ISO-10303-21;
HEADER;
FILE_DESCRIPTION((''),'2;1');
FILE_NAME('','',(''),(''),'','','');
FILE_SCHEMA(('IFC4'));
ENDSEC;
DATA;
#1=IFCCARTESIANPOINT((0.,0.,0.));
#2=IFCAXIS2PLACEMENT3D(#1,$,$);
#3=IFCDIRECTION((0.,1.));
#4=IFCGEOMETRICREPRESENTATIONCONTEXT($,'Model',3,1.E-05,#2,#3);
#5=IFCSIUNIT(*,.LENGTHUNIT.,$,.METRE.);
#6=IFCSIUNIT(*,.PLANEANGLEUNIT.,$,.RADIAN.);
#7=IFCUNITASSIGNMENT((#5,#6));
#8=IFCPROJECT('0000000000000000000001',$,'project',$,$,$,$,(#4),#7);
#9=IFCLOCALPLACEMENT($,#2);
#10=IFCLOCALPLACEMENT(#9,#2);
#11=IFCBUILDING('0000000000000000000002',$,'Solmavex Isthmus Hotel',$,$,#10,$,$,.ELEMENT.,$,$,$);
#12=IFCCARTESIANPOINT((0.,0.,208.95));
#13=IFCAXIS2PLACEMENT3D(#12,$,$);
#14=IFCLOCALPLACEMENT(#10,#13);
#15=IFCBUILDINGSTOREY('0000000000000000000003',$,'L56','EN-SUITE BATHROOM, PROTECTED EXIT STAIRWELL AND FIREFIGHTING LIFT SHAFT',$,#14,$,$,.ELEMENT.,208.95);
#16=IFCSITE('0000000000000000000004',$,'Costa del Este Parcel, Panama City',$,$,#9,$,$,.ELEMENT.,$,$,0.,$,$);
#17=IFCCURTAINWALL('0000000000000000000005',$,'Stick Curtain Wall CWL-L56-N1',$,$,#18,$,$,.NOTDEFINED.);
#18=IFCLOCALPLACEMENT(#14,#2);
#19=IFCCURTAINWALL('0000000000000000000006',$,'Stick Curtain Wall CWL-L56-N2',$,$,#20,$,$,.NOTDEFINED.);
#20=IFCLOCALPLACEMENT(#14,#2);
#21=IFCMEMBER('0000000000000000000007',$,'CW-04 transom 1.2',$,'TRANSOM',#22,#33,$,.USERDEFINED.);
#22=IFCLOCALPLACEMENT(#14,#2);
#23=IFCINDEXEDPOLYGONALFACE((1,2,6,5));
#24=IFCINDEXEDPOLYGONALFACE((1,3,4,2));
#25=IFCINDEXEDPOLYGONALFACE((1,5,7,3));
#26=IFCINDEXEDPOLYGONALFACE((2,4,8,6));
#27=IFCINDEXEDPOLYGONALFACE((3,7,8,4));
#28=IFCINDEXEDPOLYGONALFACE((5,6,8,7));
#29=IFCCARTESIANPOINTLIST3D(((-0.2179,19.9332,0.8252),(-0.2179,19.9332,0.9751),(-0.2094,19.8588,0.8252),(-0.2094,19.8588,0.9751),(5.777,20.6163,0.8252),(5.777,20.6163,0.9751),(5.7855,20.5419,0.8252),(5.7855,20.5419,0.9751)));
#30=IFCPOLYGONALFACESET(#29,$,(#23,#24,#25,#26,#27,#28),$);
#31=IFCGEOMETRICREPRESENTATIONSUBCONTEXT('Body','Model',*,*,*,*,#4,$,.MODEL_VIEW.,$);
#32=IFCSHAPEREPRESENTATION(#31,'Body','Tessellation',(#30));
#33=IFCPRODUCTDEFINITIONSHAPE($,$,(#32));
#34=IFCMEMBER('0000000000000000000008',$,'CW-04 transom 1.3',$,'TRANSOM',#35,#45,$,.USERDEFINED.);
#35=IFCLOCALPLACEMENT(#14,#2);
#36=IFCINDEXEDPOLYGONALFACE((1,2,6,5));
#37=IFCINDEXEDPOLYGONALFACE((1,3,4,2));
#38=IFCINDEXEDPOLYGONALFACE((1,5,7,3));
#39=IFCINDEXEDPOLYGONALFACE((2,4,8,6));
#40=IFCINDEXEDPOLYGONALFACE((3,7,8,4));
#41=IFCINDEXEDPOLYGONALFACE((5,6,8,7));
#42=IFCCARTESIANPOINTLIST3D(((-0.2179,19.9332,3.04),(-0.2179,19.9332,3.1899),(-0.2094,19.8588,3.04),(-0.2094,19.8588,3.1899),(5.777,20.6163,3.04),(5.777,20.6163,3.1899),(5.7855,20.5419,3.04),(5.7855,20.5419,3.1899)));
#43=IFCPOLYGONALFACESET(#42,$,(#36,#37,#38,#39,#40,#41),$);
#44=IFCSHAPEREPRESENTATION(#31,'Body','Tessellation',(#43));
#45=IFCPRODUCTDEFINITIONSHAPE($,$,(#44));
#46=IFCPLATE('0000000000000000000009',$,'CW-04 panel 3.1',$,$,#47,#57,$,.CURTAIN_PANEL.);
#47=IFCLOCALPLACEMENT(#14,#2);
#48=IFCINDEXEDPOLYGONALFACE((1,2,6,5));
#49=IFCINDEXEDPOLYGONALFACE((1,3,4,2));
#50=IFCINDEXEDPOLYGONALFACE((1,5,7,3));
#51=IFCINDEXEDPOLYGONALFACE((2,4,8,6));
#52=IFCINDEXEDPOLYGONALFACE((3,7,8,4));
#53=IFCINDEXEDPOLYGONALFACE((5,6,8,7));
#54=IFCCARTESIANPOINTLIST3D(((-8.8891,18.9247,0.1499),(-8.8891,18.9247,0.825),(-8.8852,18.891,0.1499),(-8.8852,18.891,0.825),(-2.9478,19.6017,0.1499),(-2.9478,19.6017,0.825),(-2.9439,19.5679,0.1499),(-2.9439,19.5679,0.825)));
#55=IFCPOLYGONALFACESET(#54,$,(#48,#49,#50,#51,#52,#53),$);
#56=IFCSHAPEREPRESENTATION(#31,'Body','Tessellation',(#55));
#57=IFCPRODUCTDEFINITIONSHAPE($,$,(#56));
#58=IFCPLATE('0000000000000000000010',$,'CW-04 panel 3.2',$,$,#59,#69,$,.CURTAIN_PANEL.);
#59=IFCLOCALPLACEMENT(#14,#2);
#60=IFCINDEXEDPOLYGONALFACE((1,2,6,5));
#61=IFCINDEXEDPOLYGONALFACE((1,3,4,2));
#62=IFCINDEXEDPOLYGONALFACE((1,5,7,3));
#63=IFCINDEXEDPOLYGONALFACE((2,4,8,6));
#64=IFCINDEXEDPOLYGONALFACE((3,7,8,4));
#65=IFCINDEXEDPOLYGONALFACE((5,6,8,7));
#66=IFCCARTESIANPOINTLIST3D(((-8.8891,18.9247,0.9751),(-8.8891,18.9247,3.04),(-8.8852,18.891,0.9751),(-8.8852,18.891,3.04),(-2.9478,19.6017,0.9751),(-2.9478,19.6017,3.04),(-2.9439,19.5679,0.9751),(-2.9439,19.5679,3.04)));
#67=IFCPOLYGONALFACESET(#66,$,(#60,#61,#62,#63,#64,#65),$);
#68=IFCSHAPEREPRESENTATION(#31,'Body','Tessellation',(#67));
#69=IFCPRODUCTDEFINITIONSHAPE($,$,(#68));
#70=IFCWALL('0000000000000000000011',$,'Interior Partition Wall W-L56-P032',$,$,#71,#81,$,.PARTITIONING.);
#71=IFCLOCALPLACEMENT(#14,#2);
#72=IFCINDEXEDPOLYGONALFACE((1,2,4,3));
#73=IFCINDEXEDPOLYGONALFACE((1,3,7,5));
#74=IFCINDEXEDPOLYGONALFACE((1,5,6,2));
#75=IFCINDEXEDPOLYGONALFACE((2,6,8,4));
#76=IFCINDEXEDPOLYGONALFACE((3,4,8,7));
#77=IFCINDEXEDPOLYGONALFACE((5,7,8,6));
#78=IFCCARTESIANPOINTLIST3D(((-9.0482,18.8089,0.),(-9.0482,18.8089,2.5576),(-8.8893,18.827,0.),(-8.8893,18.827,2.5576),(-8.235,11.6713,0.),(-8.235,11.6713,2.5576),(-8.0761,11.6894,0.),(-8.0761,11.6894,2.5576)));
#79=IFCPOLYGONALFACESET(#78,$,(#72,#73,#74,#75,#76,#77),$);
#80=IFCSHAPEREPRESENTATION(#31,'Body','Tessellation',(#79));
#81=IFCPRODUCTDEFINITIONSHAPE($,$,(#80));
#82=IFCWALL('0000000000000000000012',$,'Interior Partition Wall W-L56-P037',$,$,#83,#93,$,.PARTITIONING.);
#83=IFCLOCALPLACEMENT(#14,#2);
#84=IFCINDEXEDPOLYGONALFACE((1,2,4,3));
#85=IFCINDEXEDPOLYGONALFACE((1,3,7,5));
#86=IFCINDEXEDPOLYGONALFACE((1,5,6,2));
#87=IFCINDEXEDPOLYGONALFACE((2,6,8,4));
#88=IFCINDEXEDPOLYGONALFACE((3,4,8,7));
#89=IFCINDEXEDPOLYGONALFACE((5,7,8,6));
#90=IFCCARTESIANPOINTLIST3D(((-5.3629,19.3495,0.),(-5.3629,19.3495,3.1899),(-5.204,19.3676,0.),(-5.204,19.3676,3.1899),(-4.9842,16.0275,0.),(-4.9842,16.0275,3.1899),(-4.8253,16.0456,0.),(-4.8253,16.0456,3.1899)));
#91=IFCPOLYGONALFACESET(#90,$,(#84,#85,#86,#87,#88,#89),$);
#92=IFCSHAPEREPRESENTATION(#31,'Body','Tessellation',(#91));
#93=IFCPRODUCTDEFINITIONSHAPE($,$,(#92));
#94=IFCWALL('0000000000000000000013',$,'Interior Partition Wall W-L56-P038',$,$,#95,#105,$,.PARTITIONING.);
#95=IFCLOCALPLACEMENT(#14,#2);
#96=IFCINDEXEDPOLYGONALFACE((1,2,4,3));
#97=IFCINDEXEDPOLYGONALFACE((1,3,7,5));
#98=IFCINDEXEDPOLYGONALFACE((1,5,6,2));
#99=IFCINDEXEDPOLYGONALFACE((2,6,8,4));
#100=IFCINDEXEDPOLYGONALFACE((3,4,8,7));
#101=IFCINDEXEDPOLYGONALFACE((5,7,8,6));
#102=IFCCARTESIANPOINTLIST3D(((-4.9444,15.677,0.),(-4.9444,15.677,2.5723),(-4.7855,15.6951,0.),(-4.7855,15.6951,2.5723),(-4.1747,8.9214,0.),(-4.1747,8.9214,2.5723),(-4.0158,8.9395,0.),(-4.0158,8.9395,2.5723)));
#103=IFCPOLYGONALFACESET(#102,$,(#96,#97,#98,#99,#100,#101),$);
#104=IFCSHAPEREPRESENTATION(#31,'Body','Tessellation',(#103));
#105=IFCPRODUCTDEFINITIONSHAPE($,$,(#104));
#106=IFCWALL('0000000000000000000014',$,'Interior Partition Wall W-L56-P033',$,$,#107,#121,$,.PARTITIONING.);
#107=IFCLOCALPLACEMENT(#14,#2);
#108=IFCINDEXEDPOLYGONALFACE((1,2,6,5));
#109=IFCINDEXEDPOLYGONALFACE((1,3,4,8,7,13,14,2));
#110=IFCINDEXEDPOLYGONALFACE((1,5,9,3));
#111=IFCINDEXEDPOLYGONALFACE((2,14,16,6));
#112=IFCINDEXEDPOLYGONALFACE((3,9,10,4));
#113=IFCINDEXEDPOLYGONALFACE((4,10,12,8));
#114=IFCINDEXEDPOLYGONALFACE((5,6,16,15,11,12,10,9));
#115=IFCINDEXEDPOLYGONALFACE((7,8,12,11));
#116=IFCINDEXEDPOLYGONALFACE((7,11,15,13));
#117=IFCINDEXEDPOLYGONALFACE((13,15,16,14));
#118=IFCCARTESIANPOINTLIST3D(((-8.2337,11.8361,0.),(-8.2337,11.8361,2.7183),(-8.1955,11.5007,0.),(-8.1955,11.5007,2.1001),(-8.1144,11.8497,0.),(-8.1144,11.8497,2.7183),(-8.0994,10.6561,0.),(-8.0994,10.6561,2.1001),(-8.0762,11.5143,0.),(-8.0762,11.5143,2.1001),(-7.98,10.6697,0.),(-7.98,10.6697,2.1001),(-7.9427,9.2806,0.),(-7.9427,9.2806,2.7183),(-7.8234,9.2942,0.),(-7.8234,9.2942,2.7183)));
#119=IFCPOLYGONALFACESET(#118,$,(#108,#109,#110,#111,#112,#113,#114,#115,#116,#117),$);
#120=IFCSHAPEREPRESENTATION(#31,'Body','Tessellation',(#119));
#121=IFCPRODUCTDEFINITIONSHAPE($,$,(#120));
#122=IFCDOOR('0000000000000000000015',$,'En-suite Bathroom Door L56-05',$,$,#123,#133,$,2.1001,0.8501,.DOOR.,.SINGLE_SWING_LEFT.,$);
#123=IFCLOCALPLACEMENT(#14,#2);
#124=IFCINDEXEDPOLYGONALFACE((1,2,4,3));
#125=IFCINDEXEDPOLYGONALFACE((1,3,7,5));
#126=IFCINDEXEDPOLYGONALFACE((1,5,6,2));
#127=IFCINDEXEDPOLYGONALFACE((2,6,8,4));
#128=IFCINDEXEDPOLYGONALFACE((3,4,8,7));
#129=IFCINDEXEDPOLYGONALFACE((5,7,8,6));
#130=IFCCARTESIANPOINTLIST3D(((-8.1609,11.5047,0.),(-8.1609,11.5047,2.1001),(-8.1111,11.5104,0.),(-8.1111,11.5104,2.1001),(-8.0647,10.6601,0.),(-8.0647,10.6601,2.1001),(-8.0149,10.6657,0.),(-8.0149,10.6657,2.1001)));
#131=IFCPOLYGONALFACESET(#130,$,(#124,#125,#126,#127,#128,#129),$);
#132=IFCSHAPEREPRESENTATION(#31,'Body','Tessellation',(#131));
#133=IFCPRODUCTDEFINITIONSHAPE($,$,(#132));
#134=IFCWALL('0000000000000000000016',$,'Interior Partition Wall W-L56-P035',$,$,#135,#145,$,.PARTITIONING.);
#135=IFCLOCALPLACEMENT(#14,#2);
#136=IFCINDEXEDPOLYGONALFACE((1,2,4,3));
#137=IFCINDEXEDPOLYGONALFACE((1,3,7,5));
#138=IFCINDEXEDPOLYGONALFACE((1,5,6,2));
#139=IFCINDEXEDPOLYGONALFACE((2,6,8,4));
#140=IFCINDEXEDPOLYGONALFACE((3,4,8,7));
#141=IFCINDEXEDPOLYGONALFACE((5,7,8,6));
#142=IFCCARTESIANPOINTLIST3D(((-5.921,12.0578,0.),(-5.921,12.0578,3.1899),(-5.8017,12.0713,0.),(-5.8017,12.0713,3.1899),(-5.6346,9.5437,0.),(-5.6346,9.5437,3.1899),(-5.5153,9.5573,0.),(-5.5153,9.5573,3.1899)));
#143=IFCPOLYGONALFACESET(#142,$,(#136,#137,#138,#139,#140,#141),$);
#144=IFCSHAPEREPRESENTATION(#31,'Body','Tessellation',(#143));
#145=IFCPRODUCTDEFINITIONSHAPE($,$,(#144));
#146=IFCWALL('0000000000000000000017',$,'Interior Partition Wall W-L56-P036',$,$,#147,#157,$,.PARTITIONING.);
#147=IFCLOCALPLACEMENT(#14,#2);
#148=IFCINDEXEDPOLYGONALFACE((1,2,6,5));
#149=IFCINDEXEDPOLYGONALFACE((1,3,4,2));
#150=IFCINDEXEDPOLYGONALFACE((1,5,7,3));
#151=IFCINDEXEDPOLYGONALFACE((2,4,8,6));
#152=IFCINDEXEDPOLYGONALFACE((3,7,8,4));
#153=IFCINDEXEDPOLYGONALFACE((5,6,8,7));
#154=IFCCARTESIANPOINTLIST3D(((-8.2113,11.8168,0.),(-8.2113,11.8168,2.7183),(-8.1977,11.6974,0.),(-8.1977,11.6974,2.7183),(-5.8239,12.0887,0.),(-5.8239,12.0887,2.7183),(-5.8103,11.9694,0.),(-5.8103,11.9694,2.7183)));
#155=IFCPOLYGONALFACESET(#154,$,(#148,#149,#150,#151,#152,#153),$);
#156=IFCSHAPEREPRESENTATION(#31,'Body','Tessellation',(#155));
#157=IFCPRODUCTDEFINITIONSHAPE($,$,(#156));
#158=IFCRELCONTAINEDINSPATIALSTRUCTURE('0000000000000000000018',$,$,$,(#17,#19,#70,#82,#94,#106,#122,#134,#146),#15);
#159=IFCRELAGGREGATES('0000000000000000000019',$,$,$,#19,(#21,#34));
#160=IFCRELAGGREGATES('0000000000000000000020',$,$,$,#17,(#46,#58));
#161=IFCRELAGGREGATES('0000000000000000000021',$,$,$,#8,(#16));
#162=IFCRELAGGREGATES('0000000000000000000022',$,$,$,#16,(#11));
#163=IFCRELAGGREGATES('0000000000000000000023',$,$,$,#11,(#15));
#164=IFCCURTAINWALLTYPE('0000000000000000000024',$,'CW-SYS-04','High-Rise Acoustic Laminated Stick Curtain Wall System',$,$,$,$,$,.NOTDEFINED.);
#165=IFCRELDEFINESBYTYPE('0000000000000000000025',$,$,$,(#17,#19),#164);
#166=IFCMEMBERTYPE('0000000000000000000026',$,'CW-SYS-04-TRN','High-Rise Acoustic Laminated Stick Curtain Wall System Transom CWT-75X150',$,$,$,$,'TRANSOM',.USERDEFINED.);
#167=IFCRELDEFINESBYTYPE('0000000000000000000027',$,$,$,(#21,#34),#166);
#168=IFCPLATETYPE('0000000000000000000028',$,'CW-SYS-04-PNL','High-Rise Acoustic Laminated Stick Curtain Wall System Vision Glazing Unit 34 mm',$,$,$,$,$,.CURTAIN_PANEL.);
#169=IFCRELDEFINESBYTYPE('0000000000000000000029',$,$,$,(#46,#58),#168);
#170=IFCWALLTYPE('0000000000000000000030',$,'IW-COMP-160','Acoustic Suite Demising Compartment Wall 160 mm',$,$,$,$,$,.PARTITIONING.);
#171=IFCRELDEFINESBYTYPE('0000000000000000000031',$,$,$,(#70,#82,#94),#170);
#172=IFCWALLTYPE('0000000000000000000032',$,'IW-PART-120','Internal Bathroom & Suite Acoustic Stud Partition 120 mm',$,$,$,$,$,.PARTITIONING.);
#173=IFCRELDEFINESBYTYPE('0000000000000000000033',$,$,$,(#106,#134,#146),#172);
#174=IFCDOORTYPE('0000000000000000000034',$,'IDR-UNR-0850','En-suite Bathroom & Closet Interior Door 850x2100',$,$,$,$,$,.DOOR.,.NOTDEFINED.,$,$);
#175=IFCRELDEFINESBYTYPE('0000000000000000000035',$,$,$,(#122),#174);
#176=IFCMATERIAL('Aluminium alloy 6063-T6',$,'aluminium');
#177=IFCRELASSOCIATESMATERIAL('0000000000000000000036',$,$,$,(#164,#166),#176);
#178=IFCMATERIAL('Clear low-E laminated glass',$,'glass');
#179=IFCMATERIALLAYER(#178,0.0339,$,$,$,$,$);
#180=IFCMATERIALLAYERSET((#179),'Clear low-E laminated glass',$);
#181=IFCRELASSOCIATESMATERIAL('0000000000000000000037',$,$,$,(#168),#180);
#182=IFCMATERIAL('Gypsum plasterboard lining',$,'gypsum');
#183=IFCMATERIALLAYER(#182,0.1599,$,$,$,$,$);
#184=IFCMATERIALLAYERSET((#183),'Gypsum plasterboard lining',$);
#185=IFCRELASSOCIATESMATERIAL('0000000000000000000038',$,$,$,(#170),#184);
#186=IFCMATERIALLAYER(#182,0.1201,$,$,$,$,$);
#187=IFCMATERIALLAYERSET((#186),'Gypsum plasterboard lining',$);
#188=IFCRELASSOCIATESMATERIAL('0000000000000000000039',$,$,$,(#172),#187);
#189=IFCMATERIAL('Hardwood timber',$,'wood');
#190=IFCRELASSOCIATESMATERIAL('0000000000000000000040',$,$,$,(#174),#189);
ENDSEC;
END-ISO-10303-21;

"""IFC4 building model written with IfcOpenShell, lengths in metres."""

from ifc_helpers import new_model, si_unit, direction, frame, frame_2d, origin, origin_2d, place, context, subcontext, project, spatial, rectangle, extrude, material, layer, layer_set, material_profile, profile_set, type_object, element, fill, aggregate, save


model = new_model("IFC4")

# Units and contexts
model_context = context("Model", 3, precision=1e-05, world=origin(), true_north=direction((0.0, 1.0)))
body_context = subcontext(model_context, "Body", "Model", "MODEL_VIEW")
ifc_project = project(units=[si_unit("LENGTHUNIT", "METRE"), si_unit("PLANEANGLEUNIT", "RADIAN")], contexts=[model_context])

# Site, building, storey
site_placement = place(None, origin())
site = spatial("IfcSite", under=ifc_project, at=site_placement, Name="Costa del Este Parcel, Panama City", CompositionType="ELEMENT", RefElevation=0.0)
building_placement = place(site_placement, origin())
building = spatial("IfcBuilding", under=site, at=building_placement, Name="Solmavex Isthmus Hotel", CompositionType="ELEMENT")
storey_placement = place(building_placement, frame((0.0, 0.0, 208.95)))
storey = spatial("IfcBuildingStorey", under=building, at=storey_placement, Name="L56", Description="EN-SUITE BATHROOM, PROTECTED EXIT STAIRWELL AND FIREFIGHTING LIFT SHAFT", CompositionType="ELEMENT", Elevation=208.95)

# Curtain wall
ifc_material_1 = material(Name="Aluminium alloy 6063-T6", Category="aluminium")
curtain_wall_type = type_object("IfcCurtainWallType", Name="CW-SYS-04", Description="High-Rise Acoustic Laminated Stick Curtain Wall System", PredefinedType="NOTDEFINED", material=ifc_material_1)
curtain_wall_1_placement = place(storey_placement, origin())
curtain_wall_1 = element("IfcCurtainWall", 1, at=curtain_wall_1_placement, inside=storey, type_object=curtain_wall_type, Name="Stick Curtain Wall CWL-L56-N1", PredefinedType="NOTDEFINED")

# Curtain wall
curtain_wall_2_placement = place(storey_placement, origin())
curtain_wall_2 = element("IfcCurtainWall", 2, at=curtain_wall_2_placement, inside=storey, type_object=curtain_wall_type, Name="Stick Curtain Wall CWL-L56-N2", PredefinedType="NOTDEFINED")

# Members
ifc_material_profile_1 = material_profile(ifc_material_1, rectangle(XDim=0.075, YDim=0.1499, at=origin_2d()), Name="CWT-75X150")
ifc_profile_set_1 = profile_set([ifc_material_profile_1], Name="Aluminium alloy 6063-T6")
member_type_1 = type_object("IfcMemberType", Name="CW-SYS-04-TRN", Description="High-Rise Acoustic Laminated Stick Curtain Wall System Transom CWT-75X150", ElementType="TRANSOM", PredefinedType="USERDEFINED", material=ifc_profile_set_1)
member_1_placement = place(storey_placement, frame((-0.2136, 19.896, 0.9001), z_axis=(0.99357, 0.113216, 0.0), x_axis=(-0.113216, 0.99357, 0.0)))
member_1 = element("IfcMember", 3, at=member_1_placement, type_object=member_type_1, Name="CW-04 transom 1.2", ObjectType="TRANSOM", PredefinedType="USERDEFINED", context=body_context, shape_type="SweptSolid", body=[
    extrude(rectangle(XDim=0.075, YDim=0.1499, at=origin_2d()), origin(), (0.0, 0.0, 1.0), 6.0337),
])
member_2_placement = place(storey_placement, frame((-0.2136, 19.896, 3.115), z_axis=(0.99357, 0.113216, 0.0), x_axis=(-0.113216, 0.99357, 0.0)))
member_2 = element("IfcMember", 4, at=member_2_placement, type_object=member_type_1, Name="CW-04 transom 1.3", ObjectType="TRANSOM", PredefinedType="USERDEFINED", context=body_context, shape_type="SweptSolid", body=[
    extrude(rectangle(XDim=0.075, YDim=0.1499, at=origin_2d()), origin(), (0.0, 0.0, 1.0), 6.0337),
])
aggregate(curtain_wall_2, [member_1, member_2])

# Plates
ifc_material_2 = material(Name="Clear low-E laminated glass", Category="glass")
ifc_layer_1 = layer(ifc_material_2, 0.0339)
ifc_layer_set_1 = layer_set([ifc_layer_1], Name="Clear low-E laminated glass")
plate_type = type_object("IfcPlateType", Name="CW-SYS-04-PNL", Description="High-Rise Acoustic Laminated Stick Curtain Wall System Vision Glazing Unit 34 mm", PredefinedType="CURTAIN_PANEL", material=ifc_layer_set_1)
plate_1_placement = place(storey_placement, frame((-5.9165, 19.2463, 0.1499), z_axis=(0.0, 0.0, 1.0), x_axis=(0.993572, 0.113203, 0.0)))
plate_1 = element("IfcPlate", 5, at=plate_1_placement, type_object=plate_type, Name="CW-04 panel 3.1", PredefinedType="CURTAIN_PANEL", context=body_context, shape_type="SweptSolid", body=[
    extrude(rectangle(XDim=5.9797, YDim=0.0339, at=origin_2d()), origin(), (0.0, 0.0, 1.0), 0.675),
])
plate_2_placement = place(storey_placement, frame((-5.9165, 19.2463, 0.9751), z_axis=(0.0, 0.0, 1.0), x_axis=(0.993572, 0.113203, 0.0)))
plate_2 = element("IfcPlate", 6, at=plate_2_placement, type_object=plate_type, Name="CW-04 panel 3.2", PredefinedType="CURTAIN_PANEL", context=body_context, shape_type="SweptSolid", body=[
    extrude(rectangle(XDim=5.9797, YDim=0.0339, at=origin_2d()), origin(), (0.0, 0.0, 1.0), 2.0649),
])
aggregate(curtain_wall_1, [plate_1, plate_2])

# Walls
ifc_material_3 = material(Name="Gypsum plasterboard lining", Category="gypsum")
ifc_layer_2 = layer(ifc_material_3, 0.1599)
ifc_layer_set_2 = layer_set([ifc_layer_2], Name="Gypsum plasterboard lining")
wall_type_1 = type_object("IfcWallType", Name="IW-COMP-160", Description="Acoustic Suite Demising Compartment Wall 160 mm", PredefinedType="PARTITIONING", material=ifc_layer_set_2)
wall_1_placement = place(storey_placement, frame((-8.9688, 18.8179, 0.0), z_axis=(0.0, 0.0, 1.0), x_axis=(0.113202, -0.993572, 0.0)))
element("IfcWall", 7, at=wall_1_placement, inside=storey, type_object=wall_type_1, Name="Interior Partition Wall W-L56-P032", PredefinedType="PARTITIONING", context=body_context, shape_type="SweptSolid", body=[
    extrude(rectangle(XDim=7.1838, YDim=0.1599, at=frame_2d((3.5918, 0.0))), origin(), (0.0, 0.0, 1.0), 2.5576),
])
wall_2_placement = place(storey_placement, frame((-5.2834, 19.3586, 0.0), z_axis=(0.0, 0.0, 1.0), x_axis=(0.113252, -0.993566, 0.0)))
element("IfcWall", 8, at=wall_2_placement, inside=storey, type_object=wall_type_1, Name="Interior Partition Wall W-L56-P037", PredefinedType="PARTITIONING", context=body_context, shape_type="SweptSolid", body=[
    extrude(rectangle(XDim=3.3435, YDim=0.1599, at=frame_2d((1.6719, 0.0))), origin(), (0.0, 0.0, 1.0), 3.1899),
])
wall_3_placement = place(storey_placement, frame((-4.865, 15.686, 0.0), z_axis=(0.0, 0.0, 1.0), x_axis=(0.113213, -0.993571, 0.0)))
element("IfcWall", 9, at=wall_3_placement, inside=storey, type_object=wall_type_1, Name="Interior Partition Wall W-L56-P038", PredefinedType="PARTITIONING", context=body_context, shape_type="SweptSolid", body=[
    extrude(rectangle(XDim=6.7993, YDim=0.1599, at=frame_2d((3.3997, 0.0))), origin(), (0.0, 0.0, 1.0), 2.5723),
])

# Wall, opening, door
ifc_layer_3 = layer(ifc_material_3, 0.1201)
ifc_layer_set_3 = layer_set([ifc_layer_3], Name="Gypsum plasterboard lining")
wall_type_2 = type_object("IfcWallType", Name="IW-PART-120", Description="Internal Bathroom & Suite Acoustic Stud Partition 120 mm", PredefinedType="PARTITIONING", material=ifc_layer_set_3)
wall_4_placement = place(storey_placement, frame((-8.1741, 11.843, 0.0), z_axis=(0.0, 0.0, 1.0), x_axis=(0.11315, -0.993578, 0.0)))
wall_4 = element("IfcWall", 10, at=wall_4_placement, inside=storey, type_object=wall_type_2, Name="Interior Partition Wall W-L56-P033", PredefinedType="PARTITIONING", context=body_context, shape_type="SweptSolid", body=[
    extrude(rectangle(XDim=2.572, YDim=0.1201, at=frame_2d((1.2861, 0.0))), origin(), (0.0, 0.0, 1.0), 2.7183),
])
opening_1_placement = place(wall_4_placement, frame((0.3376, 0.0, 0.0)))
opening_1 = element("IfcOpeningElement", 11, at=opening_1_placement, cuts=wall_4, PredefinedType="OPENING", context=body_context, shape_type="SweptSolid", body=[
    extrude(rectangle(XDim=0.8501, YDim=2.1001, at=frame_2d((0.425, 1.05))), frame((0.0, 0.0701, 0.0), z_axis=(0.0, -1.0, 0.0), x_axis=(1.0, 0.0, 0.0)), (0.0, 0.0, 1.0), 0.1401),
])
ifc_material_4 = material(Name="Hardwood timber", Category="wood")
door_type_1 = type_object("IfcDoorType", Name="IDR-UNR-0850", Description="En-suite Bathroom & Closet Interior Door 850x2100", OperationType="NOTDEFINED", PredefinedType="DOOR", material=ifc_material_4)
door_1_placement = place(opening_1_placement, origin())
door_1 = element("IfcDoor", 12, at=door_1_placement, inside=storey, type_object=door_type_1, Name="En-suite Bathroom Door L56-05", OperationType="SINGLE_SWING_LEFT", OverallHeight=2.1001, OverallWidth=0.8501, PredefinedType="DOOR", context=body_context, shape_type="SweptSolid", body=[
    extrude(rectangle(XDim=0.8501, YDim=2.1001, at=frame_2d((0.425, 1.05))), frame((0.0, 0.0249, 0.0), z_axis=(0.0, -1.0, 0.0), x_axis=(1.0, 0.0, 0.0)), (0.0, 0.0, 1.0), 0.05),
])
fill(opening_1, door_1)

# Walls
wall_5_placement = place(storey_placement, frame((-5.575, 9.5505, 0.0), z_axis=(0.0, 0.0, 1.0), x_axis=(-0.113185, 0.993574, 0.0)))
element("IfcWall", 13, at=wall_5_placement, inside=storey, type_object=wall_type_2, Name="Interior Partition Wall W-L56-P035", PredefinedType="PARTITIONING", context=body_context, shape_type="SweptSolid", body=[
    extrude(rectangle(XDim=2.5303, YDim=0.1201, at=frame_2d((1.2651, 0.0))), origin(), (0.0, 0.0, 1.0), 3.1899),
])
wall_6_placement = place(storey_placement, frame((-5.8171, 12.0291, 0.0), z_axis=(0.0, 0.0, 1.0), x_axis=(-0.993574, -0.113186, 0.0)))
element("IfcWall", 14, at=wall_6_placement, inside=storey, type_object=wall_type_2, Name="Interior Partition Wall W-L56-P036", PredefinedType="PARTITIONING", context=body_context, shape_type="SweptSolid", body=[
    extrude(rectangle(XDim=2.4028, YDim=0.1201, at=frame_2d((1.2014, 0.0))), origin(), (0.0, 0.0, 1.0), 2.7183),
])

save(model, "model.ifc")
